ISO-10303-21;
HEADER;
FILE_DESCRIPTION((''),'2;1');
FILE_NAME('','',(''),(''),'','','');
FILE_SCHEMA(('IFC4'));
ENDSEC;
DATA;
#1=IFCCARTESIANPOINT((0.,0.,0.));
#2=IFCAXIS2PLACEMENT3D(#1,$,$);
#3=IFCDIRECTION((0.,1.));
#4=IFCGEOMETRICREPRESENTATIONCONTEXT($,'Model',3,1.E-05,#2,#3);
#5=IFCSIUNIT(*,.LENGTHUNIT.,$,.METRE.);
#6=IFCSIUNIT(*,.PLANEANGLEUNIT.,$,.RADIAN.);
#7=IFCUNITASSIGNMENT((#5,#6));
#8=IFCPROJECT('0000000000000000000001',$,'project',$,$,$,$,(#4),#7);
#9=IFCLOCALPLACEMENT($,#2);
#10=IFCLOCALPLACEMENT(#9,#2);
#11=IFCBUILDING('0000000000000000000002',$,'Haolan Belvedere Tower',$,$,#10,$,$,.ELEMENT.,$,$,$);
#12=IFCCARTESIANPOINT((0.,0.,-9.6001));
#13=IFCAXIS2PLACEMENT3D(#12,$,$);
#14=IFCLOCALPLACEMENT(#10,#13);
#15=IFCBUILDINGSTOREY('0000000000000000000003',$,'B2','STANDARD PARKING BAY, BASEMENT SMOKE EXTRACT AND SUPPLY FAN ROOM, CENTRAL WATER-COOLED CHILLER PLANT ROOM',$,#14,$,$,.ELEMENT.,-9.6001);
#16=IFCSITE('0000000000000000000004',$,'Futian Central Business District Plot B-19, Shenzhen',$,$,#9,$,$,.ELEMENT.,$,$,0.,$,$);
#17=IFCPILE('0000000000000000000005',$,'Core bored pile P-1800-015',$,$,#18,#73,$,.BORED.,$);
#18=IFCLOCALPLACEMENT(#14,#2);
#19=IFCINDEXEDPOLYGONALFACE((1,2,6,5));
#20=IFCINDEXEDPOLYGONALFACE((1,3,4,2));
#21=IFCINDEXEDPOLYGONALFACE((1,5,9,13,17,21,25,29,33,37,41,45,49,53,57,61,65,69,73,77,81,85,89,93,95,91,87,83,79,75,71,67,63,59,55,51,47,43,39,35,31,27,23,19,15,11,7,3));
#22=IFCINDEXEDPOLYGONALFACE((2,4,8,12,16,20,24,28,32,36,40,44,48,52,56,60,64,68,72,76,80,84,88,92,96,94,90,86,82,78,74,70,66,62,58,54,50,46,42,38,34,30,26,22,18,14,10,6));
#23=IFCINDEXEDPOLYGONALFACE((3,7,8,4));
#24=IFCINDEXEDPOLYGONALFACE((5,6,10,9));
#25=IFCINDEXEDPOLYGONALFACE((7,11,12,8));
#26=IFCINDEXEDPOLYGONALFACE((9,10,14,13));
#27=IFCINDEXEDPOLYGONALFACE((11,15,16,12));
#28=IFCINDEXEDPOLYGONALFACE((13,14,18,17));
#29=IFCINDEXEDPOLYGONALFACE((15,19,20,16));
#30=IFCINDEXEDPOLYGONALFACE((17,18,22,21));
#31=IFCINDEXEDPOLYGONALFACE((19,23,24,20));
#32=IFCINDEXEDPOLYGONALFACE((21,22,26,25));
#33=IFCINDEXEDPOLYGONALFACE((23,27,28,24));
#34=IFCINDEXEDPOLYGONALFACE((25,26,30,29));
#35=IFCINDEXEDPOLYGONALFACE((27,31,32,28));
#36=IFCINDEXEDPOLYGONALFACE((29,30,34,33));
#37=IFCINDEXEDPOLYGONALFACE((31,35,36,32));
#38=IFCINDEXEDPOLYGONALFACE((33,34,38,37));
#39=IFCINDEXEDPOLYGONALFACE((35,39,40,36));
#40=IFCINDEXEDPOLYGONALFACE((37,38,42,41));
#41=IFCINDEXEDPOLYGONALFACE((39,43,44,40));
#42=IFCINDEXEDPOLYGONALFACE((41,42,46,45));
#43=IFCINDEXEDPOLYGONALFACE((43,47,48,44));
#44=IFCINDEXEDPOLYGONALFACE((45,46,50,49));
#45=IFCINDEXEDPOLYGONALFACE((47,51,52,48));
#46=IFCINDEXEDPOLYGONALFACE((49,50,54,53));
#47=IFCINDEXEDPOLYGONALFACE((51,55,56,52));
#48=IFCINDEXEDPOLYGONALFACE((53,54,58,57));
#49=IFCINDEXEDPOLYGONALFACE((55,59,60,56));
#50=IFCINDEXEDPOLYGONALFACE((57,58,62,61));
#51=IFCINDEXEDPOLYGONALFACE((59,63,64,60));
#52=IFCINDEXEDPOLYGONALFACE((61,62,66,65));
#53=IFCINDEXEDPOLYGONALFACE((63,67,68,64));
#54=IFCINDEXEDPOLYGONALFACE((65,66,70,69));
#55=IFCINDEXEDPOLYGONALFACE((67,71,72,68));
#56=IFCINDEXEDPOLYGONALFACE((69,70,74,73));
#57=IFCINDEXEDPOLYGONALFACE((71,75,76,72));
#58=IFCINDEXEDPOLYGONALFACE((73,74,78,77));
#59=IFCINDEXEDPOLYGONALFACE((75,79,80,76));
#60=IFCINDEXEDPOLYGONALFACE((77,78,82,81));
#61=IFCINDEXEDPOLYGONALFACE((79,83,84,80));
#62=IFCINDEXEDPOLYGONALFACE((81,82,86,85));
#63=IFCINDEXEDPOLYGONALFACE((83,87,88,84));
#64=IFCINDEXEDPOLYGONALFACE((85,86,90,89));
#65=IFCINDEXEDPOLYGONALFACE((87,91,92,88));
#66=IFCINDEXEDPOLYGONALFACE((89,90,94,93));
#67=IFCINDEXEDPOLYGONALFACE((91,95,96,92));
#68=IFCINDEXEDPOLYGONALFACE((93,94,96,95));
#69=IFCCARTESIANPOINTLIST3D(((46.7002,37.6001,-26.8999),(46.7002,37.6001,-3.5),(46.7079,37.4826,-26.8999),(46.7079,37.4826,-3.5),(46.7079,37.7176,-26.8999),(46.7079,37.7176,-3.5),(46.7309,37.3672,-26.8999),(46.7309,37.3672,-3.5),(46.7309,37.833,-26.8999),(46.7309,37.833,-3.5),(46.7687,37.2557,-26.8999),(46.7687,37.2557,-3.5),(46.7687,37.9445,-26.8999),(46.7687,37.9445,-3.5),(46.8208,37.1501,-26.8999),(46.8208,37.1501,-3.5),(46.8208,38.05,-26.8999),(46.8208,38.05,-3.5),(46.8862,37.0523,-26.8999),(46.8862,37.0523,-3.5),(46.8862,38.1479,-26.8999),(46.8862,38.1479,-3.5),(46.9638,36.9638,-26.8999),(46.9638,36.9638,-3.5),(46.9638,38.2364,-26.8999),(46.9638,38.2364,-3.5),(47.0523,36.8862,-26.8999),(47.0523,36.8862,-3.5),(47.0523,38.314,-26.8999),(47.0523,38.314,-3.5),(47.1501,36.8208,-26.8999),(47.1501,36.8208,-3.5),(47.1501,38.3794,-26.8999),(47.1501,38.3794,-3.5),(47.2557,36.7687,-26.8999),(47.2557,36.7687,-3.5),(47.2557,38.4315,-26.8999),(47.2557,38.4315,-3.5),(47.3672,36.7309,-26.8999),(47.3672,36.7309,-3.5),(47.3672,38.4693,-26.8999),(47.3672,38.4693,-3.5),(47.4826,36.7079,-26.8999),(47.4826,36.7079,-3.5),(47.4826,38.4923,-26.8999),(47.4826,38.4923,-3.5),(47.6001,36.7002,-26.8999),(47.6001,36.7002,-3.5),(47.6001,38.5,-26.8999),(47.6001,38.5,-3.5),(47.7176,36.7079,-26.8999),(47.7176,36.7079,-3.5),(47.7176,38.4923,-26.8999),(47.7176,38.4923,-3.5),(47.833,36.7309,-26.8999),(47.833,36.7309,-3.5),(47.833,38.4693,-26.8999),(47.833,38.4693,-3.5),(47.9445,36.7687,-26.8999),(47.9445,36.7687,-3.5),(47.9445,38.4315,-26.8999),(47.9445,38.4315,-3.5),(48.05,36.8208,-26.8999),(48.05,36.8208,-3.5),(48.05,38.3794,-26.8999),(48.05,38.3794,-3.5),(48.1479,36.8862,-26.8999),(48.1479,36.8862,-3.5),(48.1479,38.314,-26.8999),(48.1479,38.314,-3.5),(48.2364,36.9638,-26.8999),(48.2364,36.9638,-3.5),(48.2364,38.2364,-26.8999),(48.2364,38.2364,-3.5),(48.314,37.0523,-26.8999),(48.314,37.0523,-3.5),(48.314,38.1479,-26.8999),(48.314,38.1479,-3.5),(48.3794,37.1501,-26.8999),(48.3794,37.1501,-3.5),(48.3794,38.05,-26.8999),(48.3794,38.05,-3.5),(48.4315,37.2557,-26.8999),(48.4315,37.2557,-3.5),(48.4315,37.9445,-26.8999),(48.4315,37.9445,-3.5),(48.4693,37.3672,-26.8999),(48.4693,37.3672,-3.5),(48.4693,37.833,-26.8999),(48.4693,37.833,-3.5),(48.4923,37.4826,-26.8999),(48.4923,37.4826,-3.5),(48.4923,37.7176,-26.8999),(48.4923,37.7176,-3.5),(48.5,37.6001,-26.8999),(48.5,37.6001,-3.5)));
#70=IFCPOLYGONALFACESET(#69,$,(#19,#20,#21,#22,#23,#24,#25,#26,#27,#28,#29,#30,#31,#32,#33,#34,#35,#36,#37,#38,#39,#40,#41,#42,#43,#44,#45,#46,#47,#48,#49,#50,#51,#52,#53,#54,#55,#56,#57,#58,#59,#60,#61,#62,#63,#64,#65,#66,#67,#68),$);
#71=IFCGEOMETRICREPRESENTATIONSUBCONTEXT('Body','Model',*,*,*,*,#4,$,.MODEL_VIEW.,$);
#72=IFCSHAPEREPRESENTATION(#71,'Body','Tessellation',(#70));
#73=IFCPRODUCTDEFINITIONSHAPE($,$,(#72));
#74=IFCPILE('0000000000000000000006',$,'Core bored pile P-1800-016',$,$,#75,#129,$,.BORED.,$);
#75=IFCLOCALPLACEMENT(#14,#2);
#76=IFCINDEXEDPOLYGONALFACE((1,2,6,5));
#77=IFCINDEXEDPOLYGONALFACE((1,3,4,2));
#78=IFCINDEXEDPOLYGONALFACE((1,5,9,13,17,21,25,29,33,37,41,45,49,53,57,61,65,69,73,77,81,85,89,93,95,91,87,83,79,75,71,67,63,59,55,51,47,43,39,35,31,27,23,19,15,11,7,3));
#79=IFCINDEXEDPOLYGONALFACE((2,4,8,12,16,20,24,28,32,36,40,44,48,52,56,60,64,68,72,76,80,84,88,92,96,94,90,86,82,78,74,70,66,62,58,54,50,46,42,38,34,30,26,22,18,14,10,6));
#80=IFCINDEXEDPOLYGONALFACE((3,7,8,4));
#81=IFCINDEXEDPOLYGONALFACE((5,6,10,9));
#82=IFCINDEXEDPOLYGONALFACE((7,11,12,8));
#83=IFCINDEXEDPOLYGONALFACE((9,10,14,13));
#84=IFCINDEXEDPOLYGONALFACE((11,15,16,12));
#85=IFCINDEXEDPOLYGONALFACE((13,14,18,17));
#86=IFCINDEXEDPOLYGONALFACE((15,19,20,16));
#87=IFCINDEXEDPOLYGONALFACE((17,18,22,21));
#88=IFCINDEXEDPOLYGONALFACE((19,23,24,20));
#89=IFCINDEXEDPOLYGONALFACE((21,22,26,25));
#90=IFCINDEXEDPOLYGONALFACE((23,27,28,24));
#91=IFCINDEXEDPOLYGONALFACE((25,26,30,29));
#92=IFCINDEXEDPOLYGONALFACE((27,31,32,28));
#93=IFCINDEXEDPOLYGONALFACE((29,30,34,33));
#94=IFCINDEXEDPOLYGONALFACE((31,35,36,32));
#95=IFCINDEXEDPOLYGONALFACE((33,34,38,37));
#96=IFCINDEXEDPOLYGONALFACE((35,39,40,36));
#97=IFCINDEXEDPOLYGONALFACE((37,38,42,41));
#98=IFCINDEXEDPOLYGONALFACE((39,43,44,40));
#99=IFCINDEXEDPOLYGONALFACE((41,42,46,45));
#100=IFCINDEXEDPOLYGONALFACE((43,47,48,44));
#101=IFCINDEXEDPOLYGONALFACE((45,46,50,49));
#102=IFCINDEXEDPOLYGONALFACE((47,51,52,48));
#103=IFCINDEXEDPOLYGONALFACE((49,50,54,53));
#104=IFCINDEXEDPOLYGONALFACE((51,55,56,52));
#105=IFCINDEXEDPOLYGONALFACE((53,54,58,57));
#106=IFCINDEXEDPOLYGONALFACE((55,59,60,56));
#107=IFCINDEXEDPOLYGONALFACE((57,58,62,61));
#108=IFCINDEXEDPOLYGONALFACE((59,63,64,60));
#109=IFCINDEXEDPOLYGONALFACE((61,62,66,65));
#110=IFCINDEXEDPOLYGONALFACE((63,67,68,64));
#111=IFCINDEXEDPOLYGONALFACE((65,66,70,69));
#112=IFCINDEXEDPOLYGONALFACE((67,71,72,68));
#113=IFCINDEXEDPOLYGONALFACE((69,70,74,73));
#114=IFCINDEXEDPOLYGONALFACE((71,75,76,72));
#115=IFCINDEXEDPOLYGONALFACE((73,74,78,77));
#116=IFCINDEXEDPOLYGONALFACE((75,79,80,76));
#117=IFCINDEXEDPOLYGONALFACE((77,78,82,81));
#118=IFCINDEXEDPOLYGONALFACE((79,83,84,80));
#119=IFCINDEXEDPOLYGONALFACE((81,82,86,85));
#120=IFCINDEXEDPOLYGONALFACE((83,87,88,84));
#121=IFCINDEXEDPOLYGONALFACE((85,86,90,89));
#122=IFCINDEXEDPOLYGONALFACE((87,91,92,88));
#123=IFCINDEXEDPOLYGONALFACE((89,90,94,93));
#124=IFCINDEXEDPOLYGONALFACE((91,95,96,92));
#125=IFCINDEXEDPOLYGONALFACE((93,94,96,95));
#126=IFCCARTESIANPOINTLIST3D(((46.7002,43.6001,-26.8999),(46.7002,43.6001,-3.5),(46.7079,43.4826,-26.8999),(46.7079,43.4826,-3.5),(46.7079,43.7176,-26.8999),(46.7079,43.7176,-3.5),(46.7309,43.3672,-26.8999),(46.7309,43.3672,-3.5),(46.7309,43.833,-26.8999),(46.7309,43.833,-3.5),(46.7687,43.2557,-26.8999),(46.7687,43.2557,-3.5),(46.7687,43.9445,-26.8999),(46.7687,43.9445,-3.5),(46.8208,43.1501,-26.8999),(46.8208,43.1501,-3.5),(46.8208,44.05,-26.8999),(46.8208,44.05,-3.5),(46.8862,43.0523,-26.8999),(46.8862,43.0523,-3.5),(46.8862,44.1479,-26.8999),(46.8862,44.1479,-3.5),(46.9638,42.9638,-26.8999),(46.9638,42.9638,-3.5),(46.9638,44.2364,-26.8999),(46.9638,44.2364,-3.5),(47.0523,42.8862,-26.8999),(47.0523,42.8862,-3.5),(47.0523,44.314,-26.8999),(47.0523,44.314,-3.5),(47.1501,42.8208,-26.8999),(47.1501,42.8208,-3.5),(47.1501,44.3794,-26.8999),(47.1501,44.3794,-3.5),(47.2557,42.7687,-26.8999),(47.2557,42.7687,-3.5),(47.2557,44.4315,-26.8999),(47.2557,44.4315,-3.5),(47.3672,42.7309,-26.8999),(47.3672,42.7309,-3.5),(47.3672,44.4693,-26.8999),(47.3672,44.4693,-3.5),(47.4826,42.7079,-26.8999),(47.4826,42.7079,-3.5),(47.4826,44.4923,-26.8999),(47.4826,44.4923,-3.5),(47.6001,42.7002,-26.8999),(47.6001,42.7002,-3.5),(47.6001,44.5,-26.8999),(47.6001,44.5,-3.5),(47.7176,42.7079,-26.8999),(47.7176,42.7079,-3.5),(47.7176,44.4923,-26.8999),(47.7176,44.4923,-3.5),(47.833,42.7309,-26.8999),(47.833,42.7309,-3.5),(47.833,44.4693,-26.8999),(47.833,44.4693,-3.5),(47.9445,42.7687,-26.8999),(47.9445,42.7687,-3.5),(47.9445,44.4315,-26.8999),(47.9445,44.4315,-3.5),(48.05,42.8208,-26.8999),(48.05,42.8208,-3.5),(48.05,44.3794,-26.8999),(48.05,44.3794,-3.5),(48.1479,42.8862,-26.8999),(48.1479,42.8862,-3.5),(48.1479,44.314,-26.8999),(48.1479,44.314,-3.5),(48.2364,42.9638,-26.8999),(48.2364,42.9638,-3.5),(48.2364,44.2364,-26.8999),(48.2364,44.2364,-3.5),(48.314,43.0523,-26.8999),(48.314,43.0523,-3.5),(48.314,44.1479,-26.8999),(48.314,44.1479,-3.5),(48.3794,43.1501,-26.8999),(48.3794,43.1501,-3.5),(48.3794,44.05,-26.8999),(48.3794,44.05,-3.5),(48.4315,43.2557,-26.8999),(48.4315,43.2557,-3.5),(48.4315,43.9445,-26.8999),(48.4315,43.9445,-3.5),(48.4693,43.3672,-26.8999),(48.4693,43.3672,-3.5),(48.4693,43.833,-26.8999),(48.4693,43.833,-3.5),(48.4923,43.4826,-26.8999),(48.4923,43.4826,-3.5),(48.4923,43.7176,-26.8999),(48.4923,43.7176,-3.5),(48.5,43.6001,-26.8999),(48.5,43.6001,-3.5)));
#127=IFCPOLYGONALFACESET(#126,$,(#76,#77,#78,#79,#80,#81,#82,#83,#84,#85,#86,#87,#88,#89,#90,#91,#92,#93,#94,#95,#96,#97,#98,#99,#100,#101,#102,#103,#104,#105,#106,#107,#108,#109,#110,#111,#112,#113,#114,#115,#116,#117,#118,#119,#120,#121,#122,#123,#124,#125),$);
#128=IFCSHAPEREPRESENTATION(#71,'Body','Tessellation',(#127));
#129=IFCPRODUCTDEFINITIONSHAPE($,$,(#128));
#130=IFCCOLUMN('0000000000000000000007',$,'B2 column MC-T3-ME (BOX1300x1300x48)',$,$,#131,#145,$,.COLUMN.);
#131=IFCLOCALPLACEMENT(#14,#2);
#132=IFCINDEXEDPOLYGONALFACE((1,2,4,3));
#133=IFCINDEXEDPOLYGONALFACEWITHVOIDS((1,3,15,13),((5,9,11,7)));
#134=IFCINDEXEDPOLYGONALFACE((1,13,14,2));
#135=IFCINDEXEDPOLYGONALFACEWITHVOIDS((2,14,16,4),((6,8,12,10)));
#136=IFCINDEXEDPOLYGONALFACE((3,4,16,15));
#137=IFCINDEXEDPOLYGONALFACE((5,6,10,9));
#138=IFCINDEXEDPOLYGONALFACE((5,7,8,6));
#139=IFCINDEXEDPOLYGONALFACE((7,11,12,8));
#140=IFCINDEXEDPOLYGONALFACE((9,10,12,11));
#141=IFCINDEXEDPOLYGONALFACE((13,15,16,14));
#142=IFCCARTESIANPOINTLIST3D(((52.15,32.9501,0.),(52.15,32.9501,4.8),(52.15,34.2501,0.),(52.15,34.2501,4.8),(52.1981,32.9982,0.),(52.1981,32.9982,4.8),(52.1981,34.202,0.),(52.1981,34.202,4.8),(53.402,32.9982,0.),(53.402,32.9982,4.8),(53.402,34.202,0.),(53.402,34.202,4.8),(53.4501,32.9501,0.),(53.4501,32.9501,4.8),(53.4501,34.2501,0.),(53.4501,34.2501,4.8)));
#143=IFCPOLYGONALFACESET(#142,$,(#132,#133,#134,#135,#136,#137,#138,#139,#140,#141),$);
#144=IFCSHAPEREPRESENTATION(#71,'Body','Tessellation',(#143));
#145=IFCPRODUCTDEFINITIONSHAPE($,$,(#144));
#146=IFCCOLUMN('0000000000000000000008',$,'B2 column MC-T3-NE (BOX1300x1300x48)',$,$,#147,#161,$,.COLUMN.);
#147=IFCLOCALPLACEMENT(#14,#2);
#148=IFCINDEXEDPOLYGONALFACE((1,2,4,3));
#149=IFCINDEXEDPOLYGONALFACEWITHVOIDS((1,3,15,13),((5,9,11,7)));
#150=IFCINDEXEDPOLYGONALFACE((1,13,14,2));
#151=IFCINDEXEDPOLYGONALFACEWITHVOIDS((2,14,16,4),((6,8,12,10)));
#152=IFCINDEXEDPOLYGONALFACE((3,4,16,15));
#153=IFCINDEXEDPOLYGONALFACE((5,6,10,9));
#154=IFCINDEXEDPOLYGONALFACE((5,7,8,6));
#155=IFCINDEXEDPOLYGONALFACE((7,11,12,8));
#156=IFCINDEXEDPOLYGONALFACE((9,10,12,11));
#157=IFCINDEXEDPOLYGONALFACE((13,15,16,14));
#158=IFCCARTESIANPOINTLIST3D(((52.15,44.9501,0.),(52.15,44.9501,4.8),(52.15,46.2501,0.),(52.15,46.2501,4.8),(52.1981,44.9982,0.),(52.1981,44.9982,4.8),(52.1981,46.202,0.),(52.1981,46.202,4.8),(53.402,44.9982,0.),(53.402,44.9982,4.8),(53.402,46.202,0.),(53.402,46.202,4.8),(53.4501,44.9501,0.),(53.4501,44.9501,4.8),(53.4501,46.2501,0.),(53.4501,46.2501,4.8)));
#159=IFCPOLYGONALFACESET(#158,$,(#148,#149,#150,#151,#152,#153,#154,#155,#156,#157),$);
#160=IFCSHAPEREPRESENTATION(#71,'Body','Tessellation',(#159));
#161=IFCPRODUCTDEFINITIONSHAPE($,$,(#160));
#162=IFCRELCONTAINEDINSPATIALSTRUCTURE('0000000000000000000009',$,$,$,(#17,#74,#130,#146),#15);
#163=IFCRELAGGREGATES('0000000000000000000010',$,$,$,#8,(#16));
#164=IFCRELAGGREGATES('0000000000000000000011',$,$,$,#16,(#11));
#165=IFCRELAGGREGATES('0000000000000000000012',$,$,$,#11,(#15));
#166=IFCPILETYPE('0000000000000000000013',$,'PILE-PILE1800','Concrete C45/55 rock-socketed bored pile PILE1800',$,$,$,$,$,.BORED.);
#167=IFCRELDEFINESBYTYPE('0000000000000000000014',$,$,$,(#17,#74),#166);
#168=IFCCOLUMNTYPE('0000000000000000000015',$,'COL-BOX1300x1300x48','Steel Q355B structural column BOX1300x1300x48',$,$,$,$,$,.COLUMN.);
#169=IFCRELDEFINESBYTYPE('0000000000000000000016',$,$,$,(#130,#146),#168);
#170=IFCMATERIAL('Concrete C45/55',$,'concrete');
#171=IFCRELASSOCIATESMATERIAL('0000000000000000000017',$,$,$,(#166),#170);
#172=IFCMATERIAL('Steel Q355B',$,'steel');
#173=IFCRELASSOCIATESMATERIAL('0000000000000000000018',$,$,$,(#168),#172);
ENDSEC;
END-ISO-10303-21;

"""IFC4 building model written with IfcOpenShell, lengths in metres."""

from ifc_helpers import new_model, si_unit, direction, frame, origin, origin_2d, place, context, subcontext, project, spatial, hollow_rectangle, circle, extrude, material, material_profile, profile_set, type_object, element, save


model = new_model("IFC4")

# Units and contexts
model_context = context("Model", 3, precision=1e-05, world=origin(), true_north=direction((0.0, 1.0)))
body_context = subcontext(model_context, "Body", "Model", "MODEL_VIEW")
ifc_project = project(units=[si_unit("LENGTHUNIT", "METRE"), si_unit("PLANEANGLEUNIT", "RADIAN")], contexts=[model_context])

# Site, building, storey
site_placement = place(None, origin())
site = spatial("IfcSite", under=ifc_project, at=site_placement, Name="Futian Central Business District Plot B-19, Shenzhen", CompositionType="ELEMENT", RefElevation=0.0)
building_placement = place(site_placement, origin())
building = spatial("IfcBuilding", under=site, at=building_placement, Name="Haolan Belvedere Tower", CompositionType="ELEMENT")
storey_placement = place(building_placement, frame((0.0, 0.0, -9.6001)))
storey = spatial("IfcBuildingStorey", under=building, at=storey_placement, Name="B2", Description="STANDARD PARKING BAY, BASEMENT SMOKE EXTRACT AND SUPPLY FAN ROOM, CENTRAL WATER-COOLED CHILLER PLANT ROOM", CompositionType="ELEMENT", Elevation=-9.6001)

# Piles
ifc_material_1 = material(Name="Concrete C45/55", Category="concrete")
ifc_material_profile_1 = material_profile(ifc_material_1, circle(Radius=0.8999, at=origin_2d()), Name="Concrete C45/55")
ifc_profile_set_1 = profile_set([ifc_material_profile_1], Name="Concrete C45/55")
pile_type_1 = type_object("IfcPileType", Name="PILE-PILE1800", Description="Concrete C45/55 rock-socketed bored pile PILE1800", PredefinedType="BORED", material=ifc_profile_set_1)
for number, where, z_axis, x_axis, name in (
    (1, (47.6001, 37.6001, -3.5), (0.0, 0.0, -1.0), (1.0, 0.0, 0.0), "Core bored pile P-1800-015"),
    (2, (47.6001, 43.6001, -3.5), (0.0, 0.0, -1.0), (1.0, 0.0, 0.0), "Core bored pile P-1800-016"),
):
    element("IfcPile", number, at=place(storey_placement, frame(where, z_axis=z_axis, x_axis=x_axis)), inside=storey, type_object=pile_type_1, Name=name, PredefinedType="BORED", context=body_context, shape_type="SweptSolid", body=[
        extrude(circle(Radius=0.8999, at=origin_2d()), origin(), (0.0, 0.0, 1.0), 23.3999),
    ])

# Columns
ifc_material_2 = material(Name="Steel Q355B", Category="steel")
ifc_material_profile_2 = material_profile(ifc_material_2, hollow_rectangle(XDim=1.3, YDim=1.3, WallThickness=0.0481, at=origin_2d()), Name="Steel Q355B")
ifc_profile_set_2 = profile_set([ifc_material_profile_2], Name="Steel Q355B")
column_type = type_object("IfcColumnType", Name="COL-BOX1300x1300x48", Description="Steel Q355B structural column BOX1300x1300x48", PredefinedType="COLUMN", material=ifc_profile_set_2)
for number, where, z_axis, x_axis, name in (
    (3, (52.8, 33.6001, 0.0), (0.0, 0.0, 1.0), (1.0, 0.0, 0.0), "B2 column MC-T3-ME (BOX1300x1300x48)"),
    (4, (52.8, 45.6001, 0.0), (0.0, 0.0, 1.0), (1.0, 0.0, 0.0), "B2 column MC-T3-NE (BOX1300x1300x48)"),
):
    element("IfcColumn", number, at=place(storey_placement, frame(where, z_axis=z_axis, x_axis=x_axis)), inside=storey, type_object=column_type, Name=name, PredefinedType="COLUMN", context=body_context, shape_type="SweptSolid", body=[
        extrude(hollow_rectangle(XDim=1.3, YDim=1.3, WallThickness=0.0481, at=origin_2d()), origin(), (0.0, 0.0, 1.0), 4.8),
    ])

save(model, "model.ifc")
